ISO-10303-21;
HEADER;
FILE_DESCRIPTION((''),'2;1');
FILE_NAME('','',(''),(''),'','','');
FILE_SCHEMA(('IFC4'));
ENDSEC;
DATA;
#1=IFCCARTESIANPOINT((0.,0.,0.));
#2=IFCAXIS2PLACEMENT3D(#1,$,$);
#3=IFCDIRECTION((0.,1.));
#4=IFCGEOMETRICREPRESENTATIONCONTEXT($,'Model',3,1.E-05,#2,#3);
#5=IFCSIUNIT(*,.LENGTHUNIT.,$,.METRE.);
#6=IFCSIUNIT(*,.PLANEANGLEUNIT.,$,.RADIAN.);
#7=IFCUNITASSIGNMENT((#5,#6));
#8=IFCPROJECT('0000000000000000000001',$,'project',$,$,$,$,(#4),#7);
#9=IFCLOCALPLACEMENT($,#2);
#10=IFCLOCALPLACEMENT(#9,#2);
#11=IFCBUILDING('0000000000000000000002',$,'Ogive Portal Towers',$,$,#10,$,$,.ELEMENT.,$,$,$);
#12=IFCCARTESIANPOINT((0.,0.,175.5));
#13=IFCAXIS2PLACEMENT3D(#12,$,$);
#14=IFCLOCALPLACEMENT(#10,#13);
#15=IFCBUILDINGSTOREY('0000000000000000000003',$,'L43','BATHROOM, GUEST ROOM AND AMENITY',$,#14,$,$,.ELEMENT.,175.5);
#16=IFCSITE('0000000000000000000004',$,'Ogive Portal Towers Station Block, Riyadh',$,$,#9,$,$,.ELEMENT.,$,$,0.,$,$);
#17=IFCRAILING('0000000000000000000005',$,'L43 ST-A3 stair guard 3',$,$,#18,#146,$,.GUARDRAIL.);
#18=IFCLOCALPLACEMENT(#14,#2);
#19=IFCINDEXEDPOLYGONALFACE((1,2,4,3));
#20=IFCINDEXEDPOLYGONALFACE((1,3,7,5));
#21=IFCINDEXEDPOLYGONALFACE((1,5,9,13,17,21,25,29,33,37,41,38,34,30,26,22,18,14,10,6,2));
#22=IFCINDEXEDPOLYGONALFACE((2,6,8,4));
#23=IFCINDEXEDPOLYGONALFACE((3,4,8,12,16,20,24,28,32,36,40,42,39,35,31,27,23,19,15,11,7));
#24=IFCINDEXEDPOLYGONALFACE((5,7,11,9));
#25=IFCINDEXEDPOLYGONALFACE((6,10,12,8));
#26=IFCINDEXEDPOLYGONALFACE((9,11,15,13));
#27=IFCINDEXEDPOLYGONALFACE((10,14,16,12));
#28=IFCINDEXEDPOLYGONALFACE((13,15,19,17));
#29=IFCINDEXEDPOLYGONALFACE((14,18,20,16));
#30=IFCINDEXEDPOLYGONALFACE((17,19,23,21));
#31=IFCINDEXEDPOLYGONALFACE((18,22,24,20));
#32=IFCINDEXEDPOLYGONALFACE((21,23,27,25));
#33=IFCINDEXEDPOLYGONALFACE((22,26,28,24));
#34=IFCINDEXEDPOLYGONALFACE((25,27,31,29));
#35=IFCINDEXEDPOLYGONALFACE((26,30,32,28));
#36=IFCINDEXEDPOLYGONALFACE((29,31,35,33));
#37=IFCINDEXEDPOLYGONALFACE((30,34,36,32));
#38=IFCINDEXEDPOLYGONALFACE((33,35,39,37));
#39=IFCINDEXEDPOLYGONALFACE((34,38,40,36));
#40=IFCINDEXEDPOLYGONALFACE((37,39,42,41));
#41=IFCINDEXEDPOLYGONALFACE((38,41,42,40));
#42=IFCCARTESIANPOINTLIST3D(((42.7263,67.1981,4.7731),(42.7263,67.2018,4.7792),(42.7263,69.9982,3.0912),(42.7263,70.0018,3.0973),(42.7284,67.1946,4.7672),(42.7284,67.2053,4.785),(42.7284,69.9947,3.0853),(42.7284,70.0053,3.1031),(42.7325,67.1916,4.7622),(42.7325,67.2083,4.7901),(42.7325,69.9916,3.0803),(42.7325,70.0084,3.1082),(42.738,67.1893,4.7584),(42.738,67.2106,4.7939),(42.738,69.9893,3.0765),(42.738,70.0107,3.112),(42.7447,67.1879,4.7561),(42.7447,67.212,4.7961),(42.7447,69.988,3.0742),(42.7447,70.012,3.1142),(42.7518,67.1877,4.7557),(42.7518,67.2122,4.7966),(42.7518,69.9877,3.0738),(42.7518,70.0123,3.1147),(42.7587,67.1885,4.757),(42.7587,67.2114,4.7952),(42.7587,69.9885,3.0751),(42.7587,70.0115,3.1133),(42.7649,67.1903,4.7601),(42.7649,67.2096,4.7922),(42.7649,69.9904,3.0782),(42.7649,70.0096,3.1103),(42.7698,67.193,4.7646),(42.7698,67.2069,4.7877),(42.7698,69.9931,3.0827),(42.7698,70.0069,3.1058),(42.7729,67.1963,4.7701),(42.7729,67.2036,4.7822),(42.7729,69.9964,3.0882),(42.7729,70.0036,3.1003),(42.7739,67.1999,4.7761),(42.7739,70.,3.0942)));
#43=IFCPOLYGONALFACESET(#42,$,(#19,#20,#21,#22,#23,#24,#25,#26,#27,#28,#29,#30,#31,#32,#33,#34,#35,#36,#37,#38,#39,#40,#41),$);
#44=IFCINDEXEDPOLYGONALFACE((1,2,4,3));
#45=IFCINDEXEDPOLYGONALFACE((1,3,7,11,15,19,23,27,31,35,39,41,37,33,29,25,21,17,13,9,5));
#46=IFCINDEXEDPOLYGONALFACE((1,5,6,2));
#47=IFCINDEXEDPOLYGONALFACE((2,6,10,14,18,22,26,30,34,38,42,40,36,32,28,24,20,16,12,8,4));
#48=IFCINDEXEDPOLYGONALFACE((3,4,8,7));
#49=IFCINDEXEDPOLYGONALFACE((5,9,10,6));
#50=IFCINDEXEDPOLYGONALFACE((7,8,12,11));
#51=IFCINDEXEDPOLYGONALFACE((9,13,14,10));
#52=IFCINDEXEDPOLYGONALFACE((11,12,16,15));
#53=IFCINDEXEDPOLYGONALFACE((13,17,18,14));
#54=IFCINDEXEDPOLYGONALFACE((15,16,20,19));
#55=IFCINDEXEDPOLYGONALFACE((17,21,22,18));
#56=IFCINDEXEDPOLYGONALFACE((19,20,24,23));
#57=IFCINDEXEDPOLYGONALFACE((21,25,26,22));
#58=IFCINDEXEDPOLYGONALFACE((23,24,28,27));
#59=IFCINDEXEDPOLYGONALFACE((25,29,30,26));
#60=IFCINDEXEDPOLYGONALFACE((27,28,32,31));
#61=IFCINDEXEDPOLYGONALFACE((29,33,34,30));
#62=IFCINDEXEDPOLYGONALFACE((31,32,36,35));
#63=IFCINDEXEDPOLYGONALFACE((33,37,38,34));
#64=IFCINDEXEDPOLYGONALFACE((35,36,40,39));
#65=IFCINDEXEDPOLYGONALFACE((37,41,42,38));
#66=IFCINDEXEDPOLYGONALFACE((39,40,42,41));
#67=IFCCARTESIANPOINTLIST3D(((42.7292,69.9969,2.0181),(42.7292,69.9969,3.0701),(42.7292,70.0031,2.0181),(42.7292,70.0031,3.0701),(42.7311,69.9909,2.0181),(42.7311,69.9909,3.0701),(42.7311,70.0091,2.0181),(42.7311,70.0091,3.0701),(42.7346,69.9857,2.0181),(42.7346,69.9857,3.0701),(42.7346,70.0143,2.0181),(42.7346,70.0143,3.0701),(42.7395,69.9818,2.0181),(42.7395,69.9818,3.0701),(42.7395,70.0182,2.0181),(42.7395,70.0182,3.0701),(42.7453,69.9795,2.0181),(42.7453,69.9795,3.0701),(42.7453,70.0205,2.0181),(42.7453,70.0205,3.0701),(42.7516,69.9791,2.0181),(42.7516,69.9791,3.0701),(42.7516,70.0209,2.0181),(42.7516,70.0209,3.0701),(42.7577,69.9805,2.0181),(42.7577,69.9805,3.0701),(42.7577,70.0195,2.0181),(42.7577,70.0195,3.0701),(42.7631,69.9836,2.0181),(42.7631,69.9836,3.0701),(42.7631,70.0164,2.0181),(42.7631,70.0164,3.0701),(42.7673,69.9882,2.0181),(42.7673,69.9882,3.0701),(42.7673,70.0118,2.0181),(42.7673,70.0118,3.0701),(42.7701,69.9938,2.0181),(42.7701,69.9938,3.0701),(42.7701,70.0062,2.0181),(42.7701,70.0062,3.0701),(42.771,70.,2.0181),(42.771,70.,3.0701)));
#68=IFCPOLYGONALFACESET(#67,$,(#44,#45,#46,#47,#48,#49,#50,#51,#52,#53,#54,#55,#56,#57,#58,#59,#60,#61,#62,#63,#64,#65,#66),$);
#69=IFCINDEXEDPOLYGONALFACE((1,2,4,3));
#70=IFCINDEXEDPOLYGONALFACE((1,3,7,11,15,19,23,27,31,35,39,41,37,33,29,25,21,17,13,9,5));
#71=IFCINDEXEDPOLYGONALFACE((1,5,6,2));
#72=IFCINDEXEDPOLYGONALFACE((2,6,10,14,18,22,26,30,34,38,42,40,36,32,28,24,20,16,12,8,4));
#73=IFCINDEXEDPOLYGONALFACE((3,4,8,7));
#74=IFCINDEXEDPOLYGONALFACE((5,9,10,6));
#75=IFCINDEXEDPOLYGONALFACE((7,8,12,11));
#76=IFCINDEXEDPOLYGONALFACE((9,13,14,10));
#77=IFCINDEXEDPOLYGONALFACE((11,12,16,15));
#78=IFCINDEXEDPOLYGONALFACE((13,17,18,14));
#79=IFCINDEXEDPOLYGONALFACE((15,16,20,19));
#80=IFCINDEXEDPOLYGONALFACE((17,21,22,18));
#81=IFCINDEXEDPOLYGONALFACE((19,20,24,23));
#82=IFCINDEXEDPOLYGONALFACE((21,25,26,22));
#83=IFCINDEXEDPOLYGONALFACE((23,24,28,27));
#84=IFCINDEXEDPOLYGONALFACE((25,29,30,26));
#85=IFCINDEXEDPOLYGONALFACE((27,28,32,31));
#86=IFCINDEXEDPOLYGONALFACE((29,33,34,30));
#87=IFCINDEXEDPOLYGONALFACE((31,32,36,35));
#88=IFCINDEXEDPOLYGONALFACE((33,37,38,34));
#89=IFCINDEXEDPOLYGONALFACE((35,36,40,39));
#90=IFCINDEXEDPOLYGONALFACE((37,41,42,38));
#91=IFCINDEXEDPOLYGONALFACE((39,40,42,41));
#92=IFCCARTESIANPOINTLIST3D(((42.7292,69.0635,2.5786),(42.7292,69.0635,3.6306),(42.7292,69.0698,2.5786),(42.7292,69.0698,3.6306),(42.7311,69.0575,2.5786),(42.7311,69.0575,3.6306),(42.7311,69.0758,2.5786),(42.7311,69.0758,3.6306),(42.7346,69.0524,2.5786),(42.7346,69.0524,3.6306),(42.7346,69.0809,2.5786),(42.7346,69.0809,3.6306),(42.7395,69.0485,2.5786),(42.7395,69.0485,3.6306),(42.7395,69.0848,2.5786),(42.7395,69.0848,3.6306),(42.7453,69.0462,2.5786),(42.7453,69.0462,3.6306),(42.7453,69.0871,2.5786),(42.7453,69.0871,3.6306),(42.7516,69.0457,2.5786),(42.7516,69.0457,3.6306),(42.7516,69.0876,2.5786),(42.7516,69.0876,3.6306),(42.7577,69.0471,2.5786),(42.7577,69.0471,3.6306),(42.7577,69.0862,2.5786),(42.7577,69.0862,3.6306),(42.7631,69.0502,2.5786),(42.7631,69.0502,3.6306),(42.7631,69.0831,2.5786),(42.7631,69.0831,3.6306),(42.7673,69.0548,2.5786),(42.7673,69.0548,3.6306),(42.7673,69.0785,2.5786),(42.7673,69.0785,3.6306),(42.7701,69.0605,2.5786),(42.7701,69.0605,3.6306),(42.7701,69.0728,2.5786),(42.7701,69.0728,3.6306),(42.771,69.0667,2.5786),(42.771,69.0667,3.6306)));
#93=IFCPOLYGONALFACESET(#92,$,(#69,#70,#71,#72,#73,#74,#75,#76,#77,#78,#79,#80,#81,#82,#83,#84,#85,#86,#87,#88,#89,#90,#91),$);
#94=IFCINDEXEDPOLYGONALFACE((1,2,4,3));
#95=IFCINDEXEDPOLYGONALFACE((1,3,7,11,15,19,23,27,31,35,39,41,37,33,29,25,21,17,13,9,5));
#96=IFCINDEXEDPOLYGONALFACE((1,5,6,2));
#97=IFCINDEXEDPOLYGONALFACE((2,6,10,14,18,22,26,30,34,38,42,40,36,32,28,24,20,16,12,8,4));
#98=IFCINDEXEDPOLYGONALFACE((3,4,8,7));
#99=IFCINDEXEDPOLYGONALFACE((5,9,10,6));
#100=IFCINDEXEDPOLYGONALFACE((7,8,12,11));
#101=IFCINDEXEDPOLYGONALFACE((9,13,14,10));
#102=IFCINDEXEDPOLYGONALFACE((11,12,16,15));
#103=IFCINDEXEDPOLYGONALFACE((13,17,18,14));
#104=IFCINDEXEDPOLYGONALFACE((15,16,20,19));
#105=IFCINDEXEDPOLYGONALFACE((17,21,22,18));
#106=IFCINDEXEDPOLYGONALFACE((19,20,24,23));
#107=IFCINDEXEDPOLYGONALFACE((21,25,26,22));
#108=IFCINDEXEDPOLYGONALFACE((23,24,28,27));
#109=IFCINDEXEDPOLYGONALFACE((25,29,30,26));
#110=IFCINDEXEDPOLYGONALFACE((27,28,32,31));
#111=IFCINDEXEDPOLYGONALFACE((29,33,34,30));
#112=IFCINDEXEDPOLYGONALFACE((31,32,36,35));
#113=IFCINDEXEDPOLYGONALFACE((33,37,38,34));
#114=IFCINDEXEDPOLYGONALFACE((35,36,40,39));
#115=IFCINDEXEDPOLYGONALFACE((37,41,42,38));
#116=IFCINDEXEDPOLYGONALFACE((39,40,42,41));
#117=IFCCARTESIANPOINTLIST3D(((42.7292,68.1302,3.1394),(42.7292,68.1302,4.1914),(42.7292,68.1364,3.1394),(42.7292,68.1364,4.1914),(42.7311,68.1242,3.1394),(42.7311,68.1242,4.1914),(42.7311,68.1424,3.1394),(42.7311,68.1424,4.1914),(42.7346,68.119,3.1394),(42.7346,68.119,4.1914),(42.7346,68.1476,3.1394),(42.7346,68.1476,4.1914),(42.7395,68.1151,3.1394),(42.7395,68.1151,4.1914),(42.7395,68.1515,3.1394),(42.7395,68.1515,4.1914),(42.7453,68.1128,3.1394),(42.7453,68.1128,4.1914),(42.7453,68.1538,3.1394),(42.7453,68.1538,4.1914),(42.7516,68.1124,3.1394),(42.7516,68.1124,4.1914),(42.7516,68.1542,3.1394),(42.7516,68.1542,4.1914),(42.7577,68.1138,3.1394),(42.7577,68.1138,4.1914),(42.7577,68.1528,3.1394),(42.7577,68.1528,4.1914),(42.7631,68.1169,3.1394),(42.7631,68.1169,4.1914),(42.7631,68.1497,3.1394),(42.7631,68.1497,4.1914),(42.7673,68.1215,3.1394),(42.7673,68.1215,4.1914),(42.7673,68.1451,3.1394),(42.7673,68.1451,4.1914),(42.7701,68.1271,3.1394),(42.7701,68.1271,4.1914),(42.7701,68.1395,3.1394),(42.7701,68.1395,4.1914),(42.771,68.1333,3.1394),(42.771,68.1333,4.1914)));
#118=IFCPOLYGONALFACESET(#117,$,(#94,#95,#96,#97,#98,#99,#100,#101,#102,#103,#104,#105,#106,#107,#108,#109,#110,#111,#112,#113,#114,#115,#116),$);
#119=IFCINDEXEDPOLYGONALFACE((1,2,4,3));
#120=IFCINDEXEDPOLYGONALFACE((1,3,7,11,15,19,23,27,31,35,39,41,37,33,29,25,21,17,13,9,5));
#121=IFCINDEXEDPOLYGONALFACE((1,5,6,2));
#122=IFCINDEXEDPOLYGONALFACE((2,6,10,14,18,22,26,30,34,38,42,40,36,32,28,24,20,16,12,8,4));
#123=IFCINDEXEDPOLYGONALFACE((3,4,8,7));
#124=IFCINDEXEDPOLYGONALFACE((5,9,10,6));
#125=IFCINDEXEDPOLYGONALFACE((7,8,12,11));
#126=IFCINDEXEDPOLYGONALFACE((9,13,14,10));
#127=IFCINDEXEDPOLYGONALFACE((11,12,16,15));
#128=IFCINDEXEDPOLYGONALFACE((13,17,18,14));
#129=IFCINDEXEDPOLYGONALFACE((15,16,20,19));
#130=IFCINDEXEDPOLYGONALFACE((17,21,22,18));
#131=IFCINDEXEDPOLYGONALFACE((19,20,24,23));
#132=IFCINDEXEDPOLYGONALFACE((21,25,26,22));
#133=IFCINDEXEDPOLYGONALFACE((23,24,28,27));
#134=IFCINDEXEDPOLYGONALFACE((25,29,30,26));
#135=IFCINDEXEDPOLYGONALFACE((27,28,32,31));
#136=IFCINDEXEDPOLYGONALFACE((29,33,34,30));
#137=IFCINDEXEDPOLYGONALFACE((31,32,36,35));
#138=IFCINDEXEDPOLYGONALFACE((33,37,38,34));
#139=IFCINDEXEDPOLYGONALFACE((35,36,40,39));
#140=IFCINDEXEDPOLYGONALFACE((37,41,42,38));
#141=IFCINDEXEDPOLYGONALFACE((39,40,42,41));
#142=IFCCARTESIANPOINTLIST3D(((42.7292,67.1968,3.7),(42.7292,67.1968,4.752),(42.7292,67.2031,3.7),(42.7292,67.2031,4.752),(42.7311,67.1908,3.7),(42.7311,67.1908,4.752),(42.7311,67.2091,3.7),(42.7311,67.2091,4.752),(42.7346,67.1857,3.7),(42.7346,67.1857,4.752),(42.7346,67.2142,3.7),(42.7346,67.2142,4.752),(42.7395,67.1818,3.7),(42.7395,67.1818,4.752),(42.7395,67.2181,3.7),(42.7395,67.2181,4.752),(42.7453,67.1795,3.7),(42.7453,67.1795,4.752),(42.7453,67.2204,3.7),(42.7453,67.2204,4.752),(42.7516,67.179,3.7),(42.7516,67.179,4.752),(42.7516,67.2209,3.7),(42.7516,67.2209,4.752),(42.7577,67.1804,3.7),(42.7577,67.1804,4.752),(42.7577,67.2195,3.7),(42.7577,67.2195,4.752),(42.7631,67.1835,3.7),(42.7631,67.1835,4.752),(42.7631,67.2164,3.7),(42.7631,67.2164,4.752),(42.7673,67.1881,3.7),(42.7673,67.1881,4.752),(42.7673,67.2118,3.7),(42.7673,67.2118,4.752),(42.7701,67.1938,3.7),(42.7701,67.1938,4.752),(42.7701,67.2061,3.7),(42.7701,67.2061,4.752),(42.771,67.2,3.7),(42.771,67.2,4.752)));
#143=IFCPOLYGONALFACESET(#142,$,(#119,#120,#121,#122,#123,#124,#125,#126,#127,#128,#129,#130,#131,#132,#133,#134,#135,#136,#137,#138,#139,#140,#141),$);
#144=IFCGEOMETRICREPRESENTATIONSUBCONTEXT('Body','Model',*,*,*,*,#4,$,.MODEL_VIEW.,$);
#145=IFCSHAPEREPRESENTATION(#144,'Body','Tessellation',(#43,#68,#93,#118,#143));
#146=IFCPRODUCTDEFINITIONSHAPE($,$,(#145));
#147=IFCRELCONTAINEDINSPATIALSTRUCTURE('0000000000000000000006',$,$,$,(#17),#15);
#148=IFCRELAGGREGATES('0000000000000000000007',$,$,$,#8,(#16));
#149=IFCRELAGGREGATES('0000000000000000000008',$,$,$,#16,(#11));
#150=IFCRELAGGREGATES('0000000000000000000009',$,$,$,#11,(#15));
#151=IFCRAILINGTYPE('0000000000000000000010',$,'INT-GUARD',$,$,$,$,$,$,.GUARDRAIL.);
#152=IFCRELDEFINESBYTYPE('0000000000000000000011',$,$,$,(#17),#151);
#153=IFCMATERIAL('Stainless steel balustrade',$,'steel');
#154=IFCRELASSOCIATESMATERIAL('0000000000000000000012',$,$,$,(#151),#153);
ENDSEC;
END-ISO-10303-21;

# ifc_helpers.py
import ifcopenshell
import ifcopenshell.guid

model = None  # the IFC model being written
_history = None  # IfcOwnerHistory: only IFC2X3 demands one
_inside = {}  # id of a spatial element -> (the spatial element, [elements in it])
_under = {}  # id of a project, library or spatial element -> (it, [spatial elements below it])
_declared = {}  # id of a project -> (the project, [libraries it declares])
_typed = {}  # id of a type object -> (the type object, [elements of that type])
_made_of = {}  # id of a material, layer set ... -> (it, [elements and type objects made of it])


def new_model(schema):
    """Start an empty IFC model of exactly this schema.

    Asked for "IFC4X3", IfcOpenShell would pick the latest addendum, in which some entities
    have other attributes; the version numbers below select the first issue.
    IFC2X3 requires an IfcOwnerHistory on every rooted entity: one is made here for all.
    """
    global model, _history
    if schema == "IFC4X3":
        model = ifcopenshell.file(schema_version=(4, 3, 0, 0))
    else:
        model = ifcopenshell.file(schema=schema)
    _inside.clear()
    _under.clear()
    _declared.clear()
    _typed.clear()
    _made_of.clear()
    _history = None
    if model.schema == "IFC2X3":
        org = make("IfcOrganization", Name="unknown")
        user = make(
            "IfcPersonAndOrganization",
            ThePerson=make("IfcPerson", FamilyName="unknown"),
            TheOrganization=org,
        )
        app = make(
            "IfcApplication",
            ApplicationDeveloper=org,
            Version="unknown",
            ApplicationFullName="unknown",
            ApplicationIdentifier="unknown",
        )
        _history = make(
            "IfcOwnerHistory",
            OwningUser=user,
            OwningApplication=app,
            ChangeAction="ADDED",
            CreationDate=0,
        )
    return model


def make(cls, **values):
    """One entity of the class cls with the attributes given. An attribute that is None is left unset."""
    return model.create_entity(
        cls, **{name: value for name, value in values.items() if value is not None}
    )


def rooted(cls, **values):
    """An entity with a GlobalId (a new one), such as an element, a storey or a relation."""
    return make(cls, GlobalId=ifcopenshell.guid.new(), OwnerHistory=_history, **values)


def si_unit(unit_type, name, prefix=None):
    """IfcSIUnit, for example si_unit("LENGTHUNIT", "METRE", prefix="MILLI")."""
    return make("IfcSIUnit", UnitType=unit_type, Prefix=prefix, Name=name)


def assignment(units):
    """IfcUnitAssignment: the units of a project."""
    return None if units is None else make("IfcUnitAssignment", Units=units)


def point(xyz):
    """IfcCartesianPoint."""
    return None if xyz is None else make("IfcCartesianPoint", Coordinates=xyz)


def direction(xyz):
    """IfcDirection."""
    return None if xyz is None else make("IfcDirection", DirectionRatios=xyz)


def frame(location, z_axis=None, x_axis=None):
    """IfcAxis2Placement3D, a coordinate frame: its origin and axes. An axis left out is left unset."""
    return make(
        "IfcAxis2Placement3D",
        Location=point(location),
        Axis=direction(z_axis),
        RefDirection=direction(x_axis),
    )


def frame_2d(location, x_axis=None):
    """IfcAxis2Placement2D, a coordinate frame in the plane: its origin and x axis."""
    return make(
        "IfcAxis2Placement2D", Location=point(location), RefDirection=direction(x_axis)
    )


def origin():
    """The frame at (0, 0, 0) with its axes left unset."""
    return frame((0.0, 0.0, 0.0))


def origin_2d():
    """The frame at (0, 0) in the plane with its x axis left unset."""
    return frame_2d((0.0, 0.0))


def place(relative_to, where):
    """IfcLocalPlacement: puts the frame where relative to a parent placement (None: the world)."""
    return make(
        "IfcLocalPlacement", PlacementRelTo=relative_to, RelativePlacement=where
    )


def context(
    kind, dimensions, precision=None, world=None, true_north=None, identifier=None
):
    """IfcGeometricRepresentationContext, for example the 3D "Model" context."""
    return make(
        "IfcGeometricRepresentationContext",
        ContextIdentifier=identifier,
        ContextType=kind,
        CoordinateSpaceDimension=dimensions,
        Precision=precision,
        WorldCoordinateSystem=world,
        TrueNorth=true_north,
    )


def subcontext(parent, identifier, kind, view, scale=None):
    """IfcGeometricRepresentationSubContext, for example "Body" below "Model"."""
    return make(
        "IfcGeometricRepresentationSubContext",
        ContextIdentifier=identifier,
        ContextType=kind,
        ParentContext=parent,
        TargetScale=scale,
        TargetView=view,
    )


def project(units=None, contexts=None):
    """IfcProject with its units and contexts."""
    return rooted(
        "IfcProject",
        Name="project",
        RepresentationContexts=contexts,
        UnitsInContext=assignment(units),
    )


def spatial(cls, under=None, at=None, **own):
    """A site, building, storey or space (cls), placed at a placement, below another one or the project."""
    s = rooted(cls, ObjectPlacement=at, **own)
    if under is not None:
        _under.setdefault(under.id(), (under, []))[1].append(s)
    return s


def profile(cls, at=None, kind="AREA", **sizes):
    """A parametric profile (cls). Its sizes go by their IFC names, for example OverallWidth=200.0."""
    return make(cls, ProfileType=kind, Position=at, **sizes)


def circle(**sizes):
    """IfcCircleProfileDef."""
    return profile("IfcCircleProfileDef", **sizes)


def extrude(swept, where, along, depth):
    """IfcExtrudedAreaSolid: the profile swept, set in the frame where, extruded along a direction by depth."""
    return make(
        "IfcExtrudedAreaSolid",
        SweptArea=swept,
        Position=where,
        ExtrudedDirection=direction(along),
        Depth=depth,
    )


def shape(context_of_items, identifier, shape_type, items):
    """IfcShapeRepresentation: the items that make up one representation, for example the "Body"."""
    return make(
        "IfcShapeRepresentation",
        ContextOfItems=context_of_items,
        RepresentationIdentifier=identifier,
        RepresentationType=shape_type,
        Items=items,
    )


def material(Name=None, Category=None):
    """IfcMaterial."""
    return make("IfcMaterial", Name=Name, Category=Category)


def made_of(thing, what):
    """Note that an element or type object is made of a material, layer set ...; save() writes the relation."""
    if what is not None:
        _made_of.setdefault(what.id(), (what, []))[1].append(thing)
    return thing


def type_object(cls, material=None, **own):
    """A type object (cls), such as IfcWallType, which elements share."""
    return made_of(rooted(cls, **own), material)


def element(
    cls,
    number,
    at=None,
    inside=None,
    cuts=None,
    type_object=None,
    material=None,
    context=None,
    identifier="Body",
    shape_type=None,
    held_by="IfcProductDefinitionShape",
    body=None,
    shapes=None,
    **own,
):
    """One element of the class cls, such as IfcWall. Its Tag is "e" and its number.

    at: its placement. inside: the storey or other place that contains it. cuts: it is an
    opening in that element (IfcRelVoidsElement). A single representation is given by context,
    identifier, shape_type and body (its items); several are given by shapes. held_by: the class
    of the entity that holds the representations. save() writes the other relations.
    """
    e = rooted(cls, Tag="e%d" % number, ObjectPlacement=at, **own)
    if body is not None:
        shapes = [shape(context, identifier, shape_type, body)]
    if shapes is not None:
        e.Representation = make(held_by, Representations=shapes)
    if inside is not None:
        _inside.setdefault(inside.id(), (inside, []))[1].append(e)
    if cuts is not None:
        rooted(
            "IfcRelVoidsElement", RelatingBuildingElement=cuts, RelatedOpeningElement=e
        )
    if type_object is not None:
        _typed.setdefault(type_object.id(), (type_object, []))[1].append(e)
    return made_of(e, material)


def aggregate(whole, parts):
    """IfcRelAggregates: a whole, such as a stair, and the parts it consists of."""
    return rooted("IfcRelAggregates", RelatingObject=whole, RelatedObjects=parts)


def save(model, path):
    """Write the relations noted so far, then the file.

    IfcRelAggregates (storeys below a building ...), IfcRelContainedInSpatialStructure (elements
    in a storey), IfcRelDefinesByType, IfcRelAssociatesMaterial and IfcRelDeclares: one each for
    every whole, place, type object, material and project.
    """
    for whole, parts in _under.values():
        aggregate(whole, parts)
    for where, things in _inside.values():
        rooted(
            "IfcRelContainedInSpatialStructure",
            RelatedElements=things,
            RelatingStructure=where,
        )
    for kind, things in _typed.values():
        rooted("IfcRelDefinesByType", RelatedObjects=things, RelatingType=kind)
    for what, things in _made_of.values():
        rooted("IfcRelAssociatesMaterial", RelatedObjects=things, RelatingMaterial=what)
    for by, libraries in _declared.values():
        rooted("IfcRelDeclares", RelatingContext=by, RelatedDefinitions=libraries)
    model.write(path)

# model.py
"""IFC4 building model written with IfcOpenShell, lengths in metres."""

from ifc_helpers import new_model, si_unit, direction, frame, origin, origin_2d, place, context, subcontext, project, spatial, circle, extrude, material, type_object, element, save


model = new_model("IFC4")

# Units and contexts
model_context = context("Model", 3, precision=1e-05, world=origin(), true_north=direction((0.0, 1.0)))
body_context = subcontext(model_context, "Body", "Model", "MODEL_VIEW")
ifc_project = project(units=[si_unit("LENGTHUNIT", "METRE"), si_unit("PLANEANGLEUNIT", "RADIAN")], contexts=[model_context])

# Site, building, storey
site_placement = place(None, origin())
site = spatial("IfcSite", under=ifc_project, at=site_placement, Name="Ogive Portal Towers Station Block, Riyadh", CompositionType="ELEMENT", RefElevation=0.0)
building_placement = place(site_placement, origin())
building = spatial("IfcBuilding", under=site, at=building_placement, Name="Ogive Portal Towers", CompositionType="ELEMENT")
storey_placement = place(building_placement, frame((0.0, 0.0, 175.5)))
storey = spatial("IfcBuildingStorey", under=building, at=storey_placement, Name="L43", Description="BATHROOM, GUEST ROOM AND AMENITY", CompositionType="ELEMENT", Elevation=175.5)

# Railing
ifc_material_1 = material(Name="Stainless steel balustrade", Category="steel")
railing_type_1 = type_object("IfcRailingType", Name="INT-GUARD", PredefinedType="GUARDRAIL", material=ifc_material_1)
railing_1_placement = place(storey_placement, frame((42.75, 70.0, 2.0181)))
element("IfcRailing", 1, at=railing_1_placement, inside=storey, type_object=railing_type_1, Name="L43 ST-A3 stair guard 3", PredefinedType="GUARDRAIL", context=body_context, shape_type="SweptSolid", body=[
    extrude(circle(Radius=0.0239, at=origin_2d()), frame((0.0, 0.0, 1.0762), z_axis=(0.0, -0.857242, 0.514913), x_axis=(1.0, 0.0, 0.0)), (0.0, 0.0, 1.0), 3.2664),
    extrude(circle(Radius=0.021, at=origin_2d()), origin(), (0.0, 0.0, 1.0), 1.052),
    extrude(circle(Radius=0.021, at=origin_2d()), frame((0.0, -0.9333, 0.5605)), (0.0, 0.0, 1.0), 1.052),
    extrude(circle(Radius=0.021, at=origin_2d()), frame((0.0, -1.8667, 1.1213)), (0.0, 0.0, 1.0), 1.052),
    extrude(circle(Radius=0.021, at=origin_2d()), frame((0.0, -2.8, 1.6819)), (0.0, 0.0, 1.0), 1.052),
])

save(model, "model.ifc")
